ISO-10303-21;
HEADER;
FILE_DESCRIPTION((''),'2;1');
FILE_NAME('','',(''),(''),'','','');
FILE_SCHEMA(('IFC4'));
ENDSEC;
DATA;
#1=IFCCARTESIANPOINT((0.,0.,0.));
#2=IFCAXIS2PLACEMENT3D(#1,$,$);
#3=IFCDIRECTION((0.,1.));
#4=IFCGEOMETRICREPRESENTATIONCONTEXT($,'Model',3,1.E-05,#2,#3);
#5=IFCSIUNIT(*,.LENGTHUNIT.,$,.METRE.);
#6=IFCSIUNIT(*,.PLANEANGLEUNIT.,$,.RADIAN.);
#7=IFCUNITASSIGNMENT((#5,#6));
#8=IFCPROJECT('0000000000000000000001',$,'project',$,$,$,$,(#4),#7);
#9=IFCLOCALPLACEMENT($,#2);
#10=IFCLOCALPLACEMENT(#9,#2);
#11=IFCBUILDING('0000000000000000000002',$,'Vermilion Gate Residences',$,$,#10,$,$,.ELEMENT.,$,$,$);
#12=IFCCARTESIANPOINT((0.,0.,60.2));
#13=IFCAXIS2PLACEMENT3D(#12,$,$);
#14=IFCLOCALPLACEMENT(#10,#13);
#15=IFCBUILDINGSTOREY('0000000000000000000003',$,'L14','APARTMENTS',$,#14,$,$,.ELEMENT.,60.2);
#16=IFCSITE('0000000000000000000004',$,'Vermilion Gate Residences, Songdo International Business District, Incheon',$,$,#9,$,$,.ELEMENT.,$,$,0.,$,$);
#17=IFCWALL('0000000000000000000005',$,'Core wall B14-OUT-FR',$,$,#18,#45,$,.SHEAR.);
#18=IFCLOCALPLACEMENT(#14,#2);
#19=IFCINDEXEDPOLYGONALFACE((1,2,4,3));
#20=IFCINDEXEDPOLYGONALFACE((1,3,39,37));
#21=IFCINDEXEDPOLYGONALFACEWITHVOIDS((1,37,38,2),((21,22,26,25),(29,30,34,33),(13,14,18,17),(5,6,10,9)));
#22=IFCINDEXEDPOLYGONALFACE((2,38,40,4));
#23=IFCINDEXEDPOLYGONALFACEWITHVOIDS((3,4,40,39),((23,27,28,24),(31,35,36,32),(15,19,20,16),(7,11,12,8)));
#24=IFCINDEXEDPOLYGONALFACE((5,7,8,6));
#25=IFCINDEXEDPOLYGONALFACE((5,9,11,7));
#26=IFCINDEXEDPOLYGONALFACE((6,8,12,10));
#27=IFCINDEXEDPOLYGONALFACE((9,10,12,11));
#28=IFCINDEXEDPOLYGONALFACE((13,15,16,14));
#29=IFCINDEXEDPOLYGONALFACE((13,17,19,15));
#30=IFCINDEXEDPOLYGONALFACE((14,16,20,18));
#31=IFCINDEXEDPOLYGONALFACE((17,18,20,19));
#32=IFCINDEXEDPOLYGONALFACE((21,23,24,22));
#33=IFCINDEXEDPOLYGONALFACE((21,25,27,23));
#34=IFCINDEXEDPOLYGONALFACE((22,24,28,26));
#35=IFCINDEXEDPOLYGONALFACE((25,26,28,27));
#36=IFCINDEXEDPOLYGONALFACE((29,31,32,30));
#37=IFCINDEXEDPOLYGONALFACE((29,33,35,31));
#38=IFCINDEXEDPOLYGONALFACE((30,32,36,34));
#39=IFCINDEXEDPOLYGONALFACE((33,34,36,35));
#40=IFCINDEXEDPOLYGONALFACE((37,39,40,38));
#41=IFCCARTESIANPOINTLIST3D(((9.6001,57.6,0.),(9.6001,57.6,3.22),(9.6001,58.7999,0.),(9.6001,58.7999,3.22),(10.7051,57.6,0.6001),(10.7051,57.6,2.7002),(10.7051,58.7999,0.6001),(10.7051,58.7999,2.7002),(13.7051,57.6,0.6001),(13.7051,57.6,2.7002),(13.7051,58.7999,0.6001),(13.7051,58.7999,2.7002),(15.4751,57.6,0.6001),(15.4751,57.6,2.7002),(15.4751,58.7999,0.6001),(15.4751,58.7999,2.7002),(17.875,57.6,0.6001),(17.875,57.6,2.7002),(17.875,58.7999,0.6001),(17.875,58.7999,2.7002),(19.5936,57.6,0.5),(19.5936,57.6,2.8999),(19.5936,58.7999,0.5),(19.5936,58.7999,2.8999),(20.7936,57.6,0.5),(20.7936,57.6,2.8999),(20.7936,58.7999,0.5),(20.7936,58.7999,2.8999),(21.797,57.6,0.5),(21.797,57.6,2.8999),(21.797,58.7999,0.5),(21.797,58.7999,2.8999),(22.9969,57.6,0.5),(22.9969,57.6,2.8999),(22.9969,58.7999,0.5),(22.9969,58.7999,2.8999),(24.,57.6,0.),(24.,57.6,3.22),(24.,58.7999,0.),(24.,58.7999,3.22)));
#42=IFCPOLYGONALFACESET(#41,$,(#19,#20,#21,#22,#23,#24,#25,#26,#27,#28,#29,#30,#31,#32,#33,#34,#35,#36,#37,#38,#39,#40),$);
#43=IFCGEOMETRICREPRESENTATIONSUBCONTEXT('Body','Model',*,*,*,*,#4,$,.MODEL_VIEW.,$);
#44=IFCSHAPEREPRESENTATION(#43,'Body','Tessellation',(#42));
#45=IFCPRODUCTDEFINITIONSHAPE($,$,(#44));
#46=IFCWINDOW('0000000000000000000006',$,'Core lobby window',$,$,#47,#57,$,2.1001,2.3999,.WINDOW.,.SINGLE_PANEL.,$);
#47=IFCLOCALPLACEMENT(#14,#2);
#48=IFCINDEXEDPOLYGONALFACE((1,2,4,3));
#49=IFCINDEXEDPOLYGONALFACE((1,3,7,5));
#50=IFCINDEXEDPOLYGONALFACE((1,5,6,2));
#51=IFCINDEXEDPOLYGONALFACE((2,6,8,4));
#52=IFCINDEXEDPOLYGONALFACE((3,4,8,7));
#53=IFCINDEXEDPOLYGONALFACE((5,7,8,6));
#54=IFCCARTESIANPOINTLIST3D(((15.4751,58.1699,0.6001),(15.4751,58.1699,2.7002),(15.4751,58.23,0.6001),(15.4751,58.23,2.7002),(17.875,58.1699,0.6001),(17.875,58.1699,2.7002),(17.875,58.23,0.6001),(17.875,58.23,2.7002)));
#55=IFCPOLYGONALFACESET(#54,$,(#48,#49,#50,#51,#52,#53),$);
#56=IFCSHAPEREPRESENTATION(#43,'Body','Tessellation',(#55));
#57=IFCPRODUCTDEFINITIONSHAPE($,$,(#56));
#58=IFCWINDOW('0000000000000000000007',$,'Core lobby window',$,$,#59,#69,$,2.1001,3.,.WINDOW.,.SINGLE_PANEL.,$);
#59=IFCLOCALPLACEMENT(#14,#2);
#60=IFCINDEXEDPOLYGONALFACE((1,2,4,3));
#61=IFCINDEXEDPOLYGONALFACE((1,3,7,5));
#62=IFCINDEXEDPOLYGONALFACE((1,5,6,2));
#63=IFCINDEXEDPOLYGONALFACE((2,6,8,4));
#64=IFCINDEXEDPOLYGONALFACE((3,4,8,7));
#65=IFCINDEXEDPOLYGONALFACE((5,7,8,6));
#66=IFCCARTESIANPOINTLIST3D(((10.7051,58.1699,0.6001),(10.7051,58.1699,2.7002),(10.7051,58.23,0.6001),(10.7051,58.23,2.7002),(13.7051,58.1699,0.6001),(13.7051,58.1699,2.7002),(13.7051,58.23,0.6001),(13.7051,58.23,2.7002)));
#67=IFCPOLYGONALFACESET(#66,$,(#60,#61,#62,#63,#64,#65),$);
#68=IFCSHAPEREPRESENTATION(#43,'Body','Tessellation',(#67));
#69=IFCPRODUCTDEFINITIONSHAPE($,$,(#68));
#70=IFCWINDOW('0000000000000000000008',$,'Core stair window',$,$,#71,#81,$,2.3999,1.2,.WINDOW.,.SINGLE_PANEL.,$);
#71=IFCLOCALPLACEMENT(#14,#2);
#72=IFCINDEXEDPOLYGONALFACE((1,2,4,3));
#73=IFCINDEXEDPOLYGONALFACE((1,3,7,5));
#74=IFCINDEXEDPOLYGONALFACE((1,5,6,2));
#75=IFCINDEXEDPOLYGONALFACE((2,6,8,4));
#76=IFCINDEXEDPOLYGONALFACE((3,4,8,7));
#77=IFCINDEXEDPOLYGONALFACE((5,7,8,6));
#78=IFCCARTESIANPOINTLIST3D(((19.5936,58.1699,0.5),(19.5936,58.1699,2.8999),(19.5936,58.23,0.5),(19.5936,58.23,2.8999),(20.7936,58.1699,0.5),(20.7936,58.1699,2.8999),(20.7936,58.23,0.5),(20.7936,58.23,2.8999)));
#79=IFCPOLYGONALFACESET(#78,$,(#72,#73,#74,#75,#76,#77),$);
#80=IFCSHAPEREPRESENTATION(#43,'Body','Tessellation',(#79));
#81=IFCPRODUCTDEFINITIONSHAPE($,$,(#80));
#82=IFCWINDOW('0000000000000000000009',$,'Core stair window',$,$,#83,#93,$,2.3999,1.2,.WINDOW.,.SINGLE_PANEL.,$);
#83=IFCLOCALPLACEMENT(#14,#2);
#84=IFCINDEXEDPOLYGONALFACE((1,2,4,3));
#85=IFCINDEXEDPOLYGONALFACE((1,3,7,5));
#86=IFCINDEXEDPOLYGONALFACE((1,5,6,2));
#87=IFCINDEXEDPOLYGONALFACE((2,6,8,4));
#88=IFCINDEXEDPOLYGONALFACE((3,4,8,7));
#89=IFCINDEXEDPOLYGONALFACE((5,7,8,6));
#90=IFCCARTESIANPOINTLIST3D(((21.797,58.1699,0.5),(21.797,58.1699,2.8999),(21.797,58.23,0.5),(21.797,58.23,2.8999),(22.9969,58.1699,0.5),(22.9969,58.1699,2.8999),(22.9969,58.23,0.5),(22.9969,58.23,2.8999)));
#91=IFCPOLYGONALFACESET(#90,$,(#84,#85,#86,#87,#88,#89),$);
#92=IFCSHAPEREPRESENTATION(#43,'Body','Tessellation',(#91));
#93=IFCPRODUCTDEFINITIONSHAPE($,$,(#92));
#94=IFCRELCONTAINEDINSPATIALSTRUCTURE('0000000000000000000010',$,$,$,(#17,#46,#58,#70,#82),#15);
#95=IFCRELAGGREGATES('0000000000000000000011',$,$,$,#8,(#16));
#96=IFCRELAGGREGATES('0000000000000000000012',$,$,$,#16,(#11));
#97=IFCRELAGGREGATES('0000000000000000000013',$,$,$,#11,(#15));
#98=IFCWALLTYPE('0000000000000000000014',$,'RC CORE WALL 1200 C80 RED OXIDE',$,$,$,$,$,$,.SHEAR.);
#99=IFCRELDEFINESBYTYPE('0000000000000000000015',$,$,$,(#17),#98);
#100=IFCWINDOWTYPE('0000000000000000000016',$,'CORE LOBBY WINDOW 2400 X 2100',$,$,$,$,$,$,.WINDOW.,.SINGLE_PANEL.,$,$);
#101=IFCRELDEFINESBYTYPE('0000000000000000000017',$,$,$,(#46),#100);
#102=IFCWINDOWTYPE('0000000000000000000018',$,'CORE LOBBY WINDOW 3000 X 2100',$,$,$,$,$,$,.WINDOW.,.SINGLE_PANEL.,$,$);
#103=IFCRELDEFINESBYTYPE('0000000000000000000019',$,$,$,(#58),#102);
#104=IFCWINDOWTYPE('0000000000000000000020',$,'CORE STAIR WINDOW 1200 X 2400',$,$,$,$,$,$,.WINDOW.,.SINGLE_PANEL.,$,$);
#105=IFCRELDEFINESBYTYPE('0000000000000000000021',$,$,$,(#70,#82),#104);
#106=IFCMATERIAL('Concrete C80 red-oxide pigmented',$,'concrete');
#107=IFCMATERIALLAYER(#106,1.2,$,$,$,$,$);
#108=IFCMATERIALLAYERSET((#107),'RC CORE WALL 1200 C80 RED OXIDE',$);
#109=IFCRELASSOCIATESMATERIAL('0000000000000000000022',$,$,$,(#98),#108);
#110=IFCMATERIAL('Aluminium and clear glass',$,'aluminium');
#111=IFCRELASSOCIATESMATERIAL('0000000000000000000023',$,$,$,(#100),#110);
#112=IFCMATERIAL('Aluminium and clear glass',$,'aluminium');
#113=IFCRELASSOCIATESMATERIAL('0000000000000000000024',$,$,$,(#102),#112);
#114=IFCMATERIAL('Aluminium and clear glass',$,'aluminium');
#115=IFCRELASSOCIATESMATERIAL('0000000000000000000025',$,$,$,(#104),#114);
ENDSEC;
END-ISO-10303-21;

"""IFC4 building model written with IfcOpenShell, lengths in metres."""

from ifc_helpers import new_model, si_unit, direction, frame, frame_2d, origin, place, context, subcontext, project, spatial, rectangle, extrude, material, layer, layer_set, type_object, element, fill, save


model = new_model("IFC4")

# Units and contexts
model_context = context("Model", 3, precision=1e-05, world=origin(), true_north=direction((0.0, 1.0)))
body_context = subcontext(model_context, "Body", "Model", "MODEL_VIEW")
ifc_project = project(units=[si_unit("LENGTHUNIT", "METRE"), si_unit("PLANEANGLEUNIT", "RADIAN")], contexts=[model_context])

# Site, building, storey
site_placement = place(None, origin())
site = spatial("IfcSite", under=ifc_project, at=site_placement, Name="Vermilion Gate Residences, Songdo International Business District, Incheon", CompositionType="ELEMENT", RefElevation=0.0)
building_placement = place(site_placement, origin())
building = spatial("IfcBuilding", under=site, at=building_placement, Name="Vermilion Gate Residences", CompositionType="ELEMENT")
storey_placement = place(building_placement, frame((0.0, 0.0, 60.2)))
storey = spatial("IfcBuildingStorey", under=building, at=storey_placement, Name="L14", Description="APARTMENTS", CompositionType="ELEMENT", Elevation=60.2)

# Wall, openings, windows
ifc_material_1 = material(Name="Concrete C80 red-oxide pigmented", Category="concrete")
ifc_layer_1 = layer(ifc_material_1, 1.2)
ifc_layer_set_1 = layer_set([ifc_layer_1], Name="RC CORE WALL 1200 C80 RED OXIDE")
wall_type_1 = type_object("IfcWallType", Name="RC CORE WALL 1200 C80 RED OXIDE", PredefinedType="SHEAR", material=ifc_layer_set_1)
wall_1_placement = place(storey_placement, frame((9.6001, 58.2, 0.0), z_axis=(0.0, 0.0, 1.0), x_axis=(1.0, 0.0, 0.0)))
wall_1 = element("IfcWall", 1, at=wall_1_placement, inside=storey, type_object=wall_type_1, Name="Core wall B14-OUT-FR", PredefinedType="SHEAR", context=body_context, shape_type="SweptSolid", body=[
    extrude(rectangle(XDim=14.3999, YDim=1.2, at=frame_2d((7.2, 0.0))), origin(), (0.0, 0.0, 1.0), 3.22),
])
opening_1_placement = place(wall_1_placement, frame((1.105, 0.0, 0.6001)))
opening_1 = element("IfcOpeningElement", 2, at=opening_1_placement, cuts=wall_1, PredefinedType="OPENING", context=body_context, shape_type="SweptSolid", body=[
    extrude(rectangle(XDim=3.0, YDim=2.1001, at=frame_2d((1.5, 1.05))), frame((0.0, 0.6099, 0.0), z_axis=(0.0, -1.0, 0.0), x_axis=(1.0, 0.0, 0.0)), (0.0, 0.0, 1.0), 1.22),
])
opening_2_placement = place(wall_1_placement, frame((5.875, 0.0, 0.6001)))
opening_2 = element("IfcOpeningElement", 3, at=opening_2_placement, cuts=wall_1, PredefinedType="OPENING", context=body_context, shape_type="SweptSolid", body=[
    extrude(rectangle(XDim=2.3999, YDim=2.1001, at=frame_2d((1.2, 1.05))), frame((0.0, 0.6099, 0.0), z_axis=(0.0, -1.0, 0.0), x_axis=(1.0, 0.0, 0.0)), (0.0, 0.0, 1.0), 1.22),
])
opening_3_placement = place(wall_1_placement, frame((9.9934, 0.0, 0.5)))
opening_3 = element("IfcOpeningElement", 4, at=opening_3_placement, cuts=wall_1, PredefinedType="OPENING", context=body_context, shape_type="SweptSolid", body=[
    extrude(rectangle(XDim=1.2, YDim=2.3999, at=frame_2d((0.6001, 1.2))), frame((0.0, 0.6099, 0.0), z_axis=(0.0, -1.0, 0.0), x_axis=(1.0, 0.0, 0.0)), (0.0, 0.0, 1.0), 1.22),
])
opening_4_placement = place(wall_1_placement, frame((12.1968, 0.0, 0.5)))
opening_4 = element("IfcOpeningElement", 5, at=opening_4_placement, cuts=wall_1, PredefinedType="OPENING", context=body_context, shape_type="SweptSolid", body=[
    extrude(rectangle(XDim=1.2, YDim=2.3999, at=frame_2d((0.6001, 1.2))), frame((0.0, 0.6099, 0.0), z_axis=(0.0, -1.0, 0.0), x_axis=(1.0, 0.0, 0.0)), (0.0, 0.0, 1.0), 1.22),
])
ifc_material_2 = material(Name="Aluminium and clear glass", Category="aluminium")
window_type_1 = type_object("IfcWindowType", Name="CORE LOBBY WINDOW 2400 X 2100", PartitioningType="SINGLE_PANEL", PredefinedType="WINDOW", material=ifc_material_2)
window_1_placement = place(opening_2_placement, origin())
window_1 = element("IfcWindow", 6, at=window_1_placement, inside=storey, type_object=window_type_1, Name="Core lobby window", OverallHeight=2.1001, OverallWidth=2.3999, PartitioningType="SINGLE_PANEL", PredefinedType="WINDOW", context=body_context, shape_type="SweptSolid", body=[
    extrude(rectangle(XDim=2.3999, YDim=2.1001, at=frame_2d((1.2, 1.05))), frame((0.0, 0.03, 0.0), z_axis=(0.0, -1.0, 0.0), x_axis=(1.0, 0.0, 0.0)), (0.0, 0.0, 1.0), 0.0601),
])
fill(opening_2, window_1)
ifc_material_3 = material(Name="Aluminium and clear glass", Category="aluminium")
window_type_2 = type_object("IfcWindowType", Name="CORE LOBBY WINDOW 3000 X 2100", PartitioningType="SINGLE_PANEL", PredefinedType="WINDOW", material=ifc_material_3)
window_2_placement = place(opening_1_placement, origin())
window_2 = element("IfcWindow", 7, at=window_2_placement, inside=storey, type_object=window_type_2, Name="Core lobby window", OverallHeight=2.1001, OverallWidth=3.0, PartitioningType="SINGLE_PANEL", PredefinedType="WINDOW", context=body_context, shape_type="SweptSolid", body=[
    extrude(rectangle(XDim=3.0, YDim=2.1001, at=frame_2d((1.5, 1.05))), frame((0.0, 0.03, 0.0), z_axis=(0.0, -1.0, 0.0), x_axis=(1.0, 0.0, 0.0)), (0.0, 0.0, 1.0), 0.0601),
])
fill(opening_1, window_2)
ifc_material_4 = material(Name="Aluminium and clear glass", Category="aluminium")
window_type_3 = type_object("IfcWindowType", Name="CORE STAIR WINDOW 1200 X 2400", PartitioningType="SINGLE_PANEL", PredefinedType="WINDOW", material=ifc_material_4)
window_3_placement = place(opening_3_placement, origin())
window_3 = element("IfcWindow", 8, at=window_3_placement, inside=storey, type_object=window_type_3, Name="Core stair window", OverallHeight=2.3999, OverallWidth=1.2, PartitioningType="SINGLE_PANEL", PredefinedType="WINDOW", context=body_context, shape_type="SweptSolid", body=[
    extrude(rectangle(XDim=1.2, YDim=2.3999, at=frame_2d((0.6001, 1.2))), frame((0.0, 0.03, 0.0), z_axis=(0.0, -1.0, 0.0), x_axis=(1.0, 0.0, 0.0)), (0.0, 0.0, 1.0), 0.0601),
])
fill(opening_3, window_3)
window_4_placement = place(opening_4_placement, origin())
window_4 = element("IfcWindow", 9, at=window_4_placement, inside=storey, type_object=window_type_3, Name="Core stair window", OverallHeight=2.3999, OverallWidth=1.2, PartitioningType="SINGLE_PANEL", PredefinedType="WINDOW", context=body_context, shape_type="SweptSolid", body=[
    extrude(rectangle(XDim=1.2, YDim=2.3999, at=frame_2d((0.6001, 1.2))), frame((0.0, 0.03, 0.0), z_axis=(0.0, -1.0, 0.0), x_axis=(1.0, 0.0, 0.0)), (0.0, 0.0, 1.0), 0.0601),
])
fill(opening_4, window_4)

save(model, "model.ifc")
